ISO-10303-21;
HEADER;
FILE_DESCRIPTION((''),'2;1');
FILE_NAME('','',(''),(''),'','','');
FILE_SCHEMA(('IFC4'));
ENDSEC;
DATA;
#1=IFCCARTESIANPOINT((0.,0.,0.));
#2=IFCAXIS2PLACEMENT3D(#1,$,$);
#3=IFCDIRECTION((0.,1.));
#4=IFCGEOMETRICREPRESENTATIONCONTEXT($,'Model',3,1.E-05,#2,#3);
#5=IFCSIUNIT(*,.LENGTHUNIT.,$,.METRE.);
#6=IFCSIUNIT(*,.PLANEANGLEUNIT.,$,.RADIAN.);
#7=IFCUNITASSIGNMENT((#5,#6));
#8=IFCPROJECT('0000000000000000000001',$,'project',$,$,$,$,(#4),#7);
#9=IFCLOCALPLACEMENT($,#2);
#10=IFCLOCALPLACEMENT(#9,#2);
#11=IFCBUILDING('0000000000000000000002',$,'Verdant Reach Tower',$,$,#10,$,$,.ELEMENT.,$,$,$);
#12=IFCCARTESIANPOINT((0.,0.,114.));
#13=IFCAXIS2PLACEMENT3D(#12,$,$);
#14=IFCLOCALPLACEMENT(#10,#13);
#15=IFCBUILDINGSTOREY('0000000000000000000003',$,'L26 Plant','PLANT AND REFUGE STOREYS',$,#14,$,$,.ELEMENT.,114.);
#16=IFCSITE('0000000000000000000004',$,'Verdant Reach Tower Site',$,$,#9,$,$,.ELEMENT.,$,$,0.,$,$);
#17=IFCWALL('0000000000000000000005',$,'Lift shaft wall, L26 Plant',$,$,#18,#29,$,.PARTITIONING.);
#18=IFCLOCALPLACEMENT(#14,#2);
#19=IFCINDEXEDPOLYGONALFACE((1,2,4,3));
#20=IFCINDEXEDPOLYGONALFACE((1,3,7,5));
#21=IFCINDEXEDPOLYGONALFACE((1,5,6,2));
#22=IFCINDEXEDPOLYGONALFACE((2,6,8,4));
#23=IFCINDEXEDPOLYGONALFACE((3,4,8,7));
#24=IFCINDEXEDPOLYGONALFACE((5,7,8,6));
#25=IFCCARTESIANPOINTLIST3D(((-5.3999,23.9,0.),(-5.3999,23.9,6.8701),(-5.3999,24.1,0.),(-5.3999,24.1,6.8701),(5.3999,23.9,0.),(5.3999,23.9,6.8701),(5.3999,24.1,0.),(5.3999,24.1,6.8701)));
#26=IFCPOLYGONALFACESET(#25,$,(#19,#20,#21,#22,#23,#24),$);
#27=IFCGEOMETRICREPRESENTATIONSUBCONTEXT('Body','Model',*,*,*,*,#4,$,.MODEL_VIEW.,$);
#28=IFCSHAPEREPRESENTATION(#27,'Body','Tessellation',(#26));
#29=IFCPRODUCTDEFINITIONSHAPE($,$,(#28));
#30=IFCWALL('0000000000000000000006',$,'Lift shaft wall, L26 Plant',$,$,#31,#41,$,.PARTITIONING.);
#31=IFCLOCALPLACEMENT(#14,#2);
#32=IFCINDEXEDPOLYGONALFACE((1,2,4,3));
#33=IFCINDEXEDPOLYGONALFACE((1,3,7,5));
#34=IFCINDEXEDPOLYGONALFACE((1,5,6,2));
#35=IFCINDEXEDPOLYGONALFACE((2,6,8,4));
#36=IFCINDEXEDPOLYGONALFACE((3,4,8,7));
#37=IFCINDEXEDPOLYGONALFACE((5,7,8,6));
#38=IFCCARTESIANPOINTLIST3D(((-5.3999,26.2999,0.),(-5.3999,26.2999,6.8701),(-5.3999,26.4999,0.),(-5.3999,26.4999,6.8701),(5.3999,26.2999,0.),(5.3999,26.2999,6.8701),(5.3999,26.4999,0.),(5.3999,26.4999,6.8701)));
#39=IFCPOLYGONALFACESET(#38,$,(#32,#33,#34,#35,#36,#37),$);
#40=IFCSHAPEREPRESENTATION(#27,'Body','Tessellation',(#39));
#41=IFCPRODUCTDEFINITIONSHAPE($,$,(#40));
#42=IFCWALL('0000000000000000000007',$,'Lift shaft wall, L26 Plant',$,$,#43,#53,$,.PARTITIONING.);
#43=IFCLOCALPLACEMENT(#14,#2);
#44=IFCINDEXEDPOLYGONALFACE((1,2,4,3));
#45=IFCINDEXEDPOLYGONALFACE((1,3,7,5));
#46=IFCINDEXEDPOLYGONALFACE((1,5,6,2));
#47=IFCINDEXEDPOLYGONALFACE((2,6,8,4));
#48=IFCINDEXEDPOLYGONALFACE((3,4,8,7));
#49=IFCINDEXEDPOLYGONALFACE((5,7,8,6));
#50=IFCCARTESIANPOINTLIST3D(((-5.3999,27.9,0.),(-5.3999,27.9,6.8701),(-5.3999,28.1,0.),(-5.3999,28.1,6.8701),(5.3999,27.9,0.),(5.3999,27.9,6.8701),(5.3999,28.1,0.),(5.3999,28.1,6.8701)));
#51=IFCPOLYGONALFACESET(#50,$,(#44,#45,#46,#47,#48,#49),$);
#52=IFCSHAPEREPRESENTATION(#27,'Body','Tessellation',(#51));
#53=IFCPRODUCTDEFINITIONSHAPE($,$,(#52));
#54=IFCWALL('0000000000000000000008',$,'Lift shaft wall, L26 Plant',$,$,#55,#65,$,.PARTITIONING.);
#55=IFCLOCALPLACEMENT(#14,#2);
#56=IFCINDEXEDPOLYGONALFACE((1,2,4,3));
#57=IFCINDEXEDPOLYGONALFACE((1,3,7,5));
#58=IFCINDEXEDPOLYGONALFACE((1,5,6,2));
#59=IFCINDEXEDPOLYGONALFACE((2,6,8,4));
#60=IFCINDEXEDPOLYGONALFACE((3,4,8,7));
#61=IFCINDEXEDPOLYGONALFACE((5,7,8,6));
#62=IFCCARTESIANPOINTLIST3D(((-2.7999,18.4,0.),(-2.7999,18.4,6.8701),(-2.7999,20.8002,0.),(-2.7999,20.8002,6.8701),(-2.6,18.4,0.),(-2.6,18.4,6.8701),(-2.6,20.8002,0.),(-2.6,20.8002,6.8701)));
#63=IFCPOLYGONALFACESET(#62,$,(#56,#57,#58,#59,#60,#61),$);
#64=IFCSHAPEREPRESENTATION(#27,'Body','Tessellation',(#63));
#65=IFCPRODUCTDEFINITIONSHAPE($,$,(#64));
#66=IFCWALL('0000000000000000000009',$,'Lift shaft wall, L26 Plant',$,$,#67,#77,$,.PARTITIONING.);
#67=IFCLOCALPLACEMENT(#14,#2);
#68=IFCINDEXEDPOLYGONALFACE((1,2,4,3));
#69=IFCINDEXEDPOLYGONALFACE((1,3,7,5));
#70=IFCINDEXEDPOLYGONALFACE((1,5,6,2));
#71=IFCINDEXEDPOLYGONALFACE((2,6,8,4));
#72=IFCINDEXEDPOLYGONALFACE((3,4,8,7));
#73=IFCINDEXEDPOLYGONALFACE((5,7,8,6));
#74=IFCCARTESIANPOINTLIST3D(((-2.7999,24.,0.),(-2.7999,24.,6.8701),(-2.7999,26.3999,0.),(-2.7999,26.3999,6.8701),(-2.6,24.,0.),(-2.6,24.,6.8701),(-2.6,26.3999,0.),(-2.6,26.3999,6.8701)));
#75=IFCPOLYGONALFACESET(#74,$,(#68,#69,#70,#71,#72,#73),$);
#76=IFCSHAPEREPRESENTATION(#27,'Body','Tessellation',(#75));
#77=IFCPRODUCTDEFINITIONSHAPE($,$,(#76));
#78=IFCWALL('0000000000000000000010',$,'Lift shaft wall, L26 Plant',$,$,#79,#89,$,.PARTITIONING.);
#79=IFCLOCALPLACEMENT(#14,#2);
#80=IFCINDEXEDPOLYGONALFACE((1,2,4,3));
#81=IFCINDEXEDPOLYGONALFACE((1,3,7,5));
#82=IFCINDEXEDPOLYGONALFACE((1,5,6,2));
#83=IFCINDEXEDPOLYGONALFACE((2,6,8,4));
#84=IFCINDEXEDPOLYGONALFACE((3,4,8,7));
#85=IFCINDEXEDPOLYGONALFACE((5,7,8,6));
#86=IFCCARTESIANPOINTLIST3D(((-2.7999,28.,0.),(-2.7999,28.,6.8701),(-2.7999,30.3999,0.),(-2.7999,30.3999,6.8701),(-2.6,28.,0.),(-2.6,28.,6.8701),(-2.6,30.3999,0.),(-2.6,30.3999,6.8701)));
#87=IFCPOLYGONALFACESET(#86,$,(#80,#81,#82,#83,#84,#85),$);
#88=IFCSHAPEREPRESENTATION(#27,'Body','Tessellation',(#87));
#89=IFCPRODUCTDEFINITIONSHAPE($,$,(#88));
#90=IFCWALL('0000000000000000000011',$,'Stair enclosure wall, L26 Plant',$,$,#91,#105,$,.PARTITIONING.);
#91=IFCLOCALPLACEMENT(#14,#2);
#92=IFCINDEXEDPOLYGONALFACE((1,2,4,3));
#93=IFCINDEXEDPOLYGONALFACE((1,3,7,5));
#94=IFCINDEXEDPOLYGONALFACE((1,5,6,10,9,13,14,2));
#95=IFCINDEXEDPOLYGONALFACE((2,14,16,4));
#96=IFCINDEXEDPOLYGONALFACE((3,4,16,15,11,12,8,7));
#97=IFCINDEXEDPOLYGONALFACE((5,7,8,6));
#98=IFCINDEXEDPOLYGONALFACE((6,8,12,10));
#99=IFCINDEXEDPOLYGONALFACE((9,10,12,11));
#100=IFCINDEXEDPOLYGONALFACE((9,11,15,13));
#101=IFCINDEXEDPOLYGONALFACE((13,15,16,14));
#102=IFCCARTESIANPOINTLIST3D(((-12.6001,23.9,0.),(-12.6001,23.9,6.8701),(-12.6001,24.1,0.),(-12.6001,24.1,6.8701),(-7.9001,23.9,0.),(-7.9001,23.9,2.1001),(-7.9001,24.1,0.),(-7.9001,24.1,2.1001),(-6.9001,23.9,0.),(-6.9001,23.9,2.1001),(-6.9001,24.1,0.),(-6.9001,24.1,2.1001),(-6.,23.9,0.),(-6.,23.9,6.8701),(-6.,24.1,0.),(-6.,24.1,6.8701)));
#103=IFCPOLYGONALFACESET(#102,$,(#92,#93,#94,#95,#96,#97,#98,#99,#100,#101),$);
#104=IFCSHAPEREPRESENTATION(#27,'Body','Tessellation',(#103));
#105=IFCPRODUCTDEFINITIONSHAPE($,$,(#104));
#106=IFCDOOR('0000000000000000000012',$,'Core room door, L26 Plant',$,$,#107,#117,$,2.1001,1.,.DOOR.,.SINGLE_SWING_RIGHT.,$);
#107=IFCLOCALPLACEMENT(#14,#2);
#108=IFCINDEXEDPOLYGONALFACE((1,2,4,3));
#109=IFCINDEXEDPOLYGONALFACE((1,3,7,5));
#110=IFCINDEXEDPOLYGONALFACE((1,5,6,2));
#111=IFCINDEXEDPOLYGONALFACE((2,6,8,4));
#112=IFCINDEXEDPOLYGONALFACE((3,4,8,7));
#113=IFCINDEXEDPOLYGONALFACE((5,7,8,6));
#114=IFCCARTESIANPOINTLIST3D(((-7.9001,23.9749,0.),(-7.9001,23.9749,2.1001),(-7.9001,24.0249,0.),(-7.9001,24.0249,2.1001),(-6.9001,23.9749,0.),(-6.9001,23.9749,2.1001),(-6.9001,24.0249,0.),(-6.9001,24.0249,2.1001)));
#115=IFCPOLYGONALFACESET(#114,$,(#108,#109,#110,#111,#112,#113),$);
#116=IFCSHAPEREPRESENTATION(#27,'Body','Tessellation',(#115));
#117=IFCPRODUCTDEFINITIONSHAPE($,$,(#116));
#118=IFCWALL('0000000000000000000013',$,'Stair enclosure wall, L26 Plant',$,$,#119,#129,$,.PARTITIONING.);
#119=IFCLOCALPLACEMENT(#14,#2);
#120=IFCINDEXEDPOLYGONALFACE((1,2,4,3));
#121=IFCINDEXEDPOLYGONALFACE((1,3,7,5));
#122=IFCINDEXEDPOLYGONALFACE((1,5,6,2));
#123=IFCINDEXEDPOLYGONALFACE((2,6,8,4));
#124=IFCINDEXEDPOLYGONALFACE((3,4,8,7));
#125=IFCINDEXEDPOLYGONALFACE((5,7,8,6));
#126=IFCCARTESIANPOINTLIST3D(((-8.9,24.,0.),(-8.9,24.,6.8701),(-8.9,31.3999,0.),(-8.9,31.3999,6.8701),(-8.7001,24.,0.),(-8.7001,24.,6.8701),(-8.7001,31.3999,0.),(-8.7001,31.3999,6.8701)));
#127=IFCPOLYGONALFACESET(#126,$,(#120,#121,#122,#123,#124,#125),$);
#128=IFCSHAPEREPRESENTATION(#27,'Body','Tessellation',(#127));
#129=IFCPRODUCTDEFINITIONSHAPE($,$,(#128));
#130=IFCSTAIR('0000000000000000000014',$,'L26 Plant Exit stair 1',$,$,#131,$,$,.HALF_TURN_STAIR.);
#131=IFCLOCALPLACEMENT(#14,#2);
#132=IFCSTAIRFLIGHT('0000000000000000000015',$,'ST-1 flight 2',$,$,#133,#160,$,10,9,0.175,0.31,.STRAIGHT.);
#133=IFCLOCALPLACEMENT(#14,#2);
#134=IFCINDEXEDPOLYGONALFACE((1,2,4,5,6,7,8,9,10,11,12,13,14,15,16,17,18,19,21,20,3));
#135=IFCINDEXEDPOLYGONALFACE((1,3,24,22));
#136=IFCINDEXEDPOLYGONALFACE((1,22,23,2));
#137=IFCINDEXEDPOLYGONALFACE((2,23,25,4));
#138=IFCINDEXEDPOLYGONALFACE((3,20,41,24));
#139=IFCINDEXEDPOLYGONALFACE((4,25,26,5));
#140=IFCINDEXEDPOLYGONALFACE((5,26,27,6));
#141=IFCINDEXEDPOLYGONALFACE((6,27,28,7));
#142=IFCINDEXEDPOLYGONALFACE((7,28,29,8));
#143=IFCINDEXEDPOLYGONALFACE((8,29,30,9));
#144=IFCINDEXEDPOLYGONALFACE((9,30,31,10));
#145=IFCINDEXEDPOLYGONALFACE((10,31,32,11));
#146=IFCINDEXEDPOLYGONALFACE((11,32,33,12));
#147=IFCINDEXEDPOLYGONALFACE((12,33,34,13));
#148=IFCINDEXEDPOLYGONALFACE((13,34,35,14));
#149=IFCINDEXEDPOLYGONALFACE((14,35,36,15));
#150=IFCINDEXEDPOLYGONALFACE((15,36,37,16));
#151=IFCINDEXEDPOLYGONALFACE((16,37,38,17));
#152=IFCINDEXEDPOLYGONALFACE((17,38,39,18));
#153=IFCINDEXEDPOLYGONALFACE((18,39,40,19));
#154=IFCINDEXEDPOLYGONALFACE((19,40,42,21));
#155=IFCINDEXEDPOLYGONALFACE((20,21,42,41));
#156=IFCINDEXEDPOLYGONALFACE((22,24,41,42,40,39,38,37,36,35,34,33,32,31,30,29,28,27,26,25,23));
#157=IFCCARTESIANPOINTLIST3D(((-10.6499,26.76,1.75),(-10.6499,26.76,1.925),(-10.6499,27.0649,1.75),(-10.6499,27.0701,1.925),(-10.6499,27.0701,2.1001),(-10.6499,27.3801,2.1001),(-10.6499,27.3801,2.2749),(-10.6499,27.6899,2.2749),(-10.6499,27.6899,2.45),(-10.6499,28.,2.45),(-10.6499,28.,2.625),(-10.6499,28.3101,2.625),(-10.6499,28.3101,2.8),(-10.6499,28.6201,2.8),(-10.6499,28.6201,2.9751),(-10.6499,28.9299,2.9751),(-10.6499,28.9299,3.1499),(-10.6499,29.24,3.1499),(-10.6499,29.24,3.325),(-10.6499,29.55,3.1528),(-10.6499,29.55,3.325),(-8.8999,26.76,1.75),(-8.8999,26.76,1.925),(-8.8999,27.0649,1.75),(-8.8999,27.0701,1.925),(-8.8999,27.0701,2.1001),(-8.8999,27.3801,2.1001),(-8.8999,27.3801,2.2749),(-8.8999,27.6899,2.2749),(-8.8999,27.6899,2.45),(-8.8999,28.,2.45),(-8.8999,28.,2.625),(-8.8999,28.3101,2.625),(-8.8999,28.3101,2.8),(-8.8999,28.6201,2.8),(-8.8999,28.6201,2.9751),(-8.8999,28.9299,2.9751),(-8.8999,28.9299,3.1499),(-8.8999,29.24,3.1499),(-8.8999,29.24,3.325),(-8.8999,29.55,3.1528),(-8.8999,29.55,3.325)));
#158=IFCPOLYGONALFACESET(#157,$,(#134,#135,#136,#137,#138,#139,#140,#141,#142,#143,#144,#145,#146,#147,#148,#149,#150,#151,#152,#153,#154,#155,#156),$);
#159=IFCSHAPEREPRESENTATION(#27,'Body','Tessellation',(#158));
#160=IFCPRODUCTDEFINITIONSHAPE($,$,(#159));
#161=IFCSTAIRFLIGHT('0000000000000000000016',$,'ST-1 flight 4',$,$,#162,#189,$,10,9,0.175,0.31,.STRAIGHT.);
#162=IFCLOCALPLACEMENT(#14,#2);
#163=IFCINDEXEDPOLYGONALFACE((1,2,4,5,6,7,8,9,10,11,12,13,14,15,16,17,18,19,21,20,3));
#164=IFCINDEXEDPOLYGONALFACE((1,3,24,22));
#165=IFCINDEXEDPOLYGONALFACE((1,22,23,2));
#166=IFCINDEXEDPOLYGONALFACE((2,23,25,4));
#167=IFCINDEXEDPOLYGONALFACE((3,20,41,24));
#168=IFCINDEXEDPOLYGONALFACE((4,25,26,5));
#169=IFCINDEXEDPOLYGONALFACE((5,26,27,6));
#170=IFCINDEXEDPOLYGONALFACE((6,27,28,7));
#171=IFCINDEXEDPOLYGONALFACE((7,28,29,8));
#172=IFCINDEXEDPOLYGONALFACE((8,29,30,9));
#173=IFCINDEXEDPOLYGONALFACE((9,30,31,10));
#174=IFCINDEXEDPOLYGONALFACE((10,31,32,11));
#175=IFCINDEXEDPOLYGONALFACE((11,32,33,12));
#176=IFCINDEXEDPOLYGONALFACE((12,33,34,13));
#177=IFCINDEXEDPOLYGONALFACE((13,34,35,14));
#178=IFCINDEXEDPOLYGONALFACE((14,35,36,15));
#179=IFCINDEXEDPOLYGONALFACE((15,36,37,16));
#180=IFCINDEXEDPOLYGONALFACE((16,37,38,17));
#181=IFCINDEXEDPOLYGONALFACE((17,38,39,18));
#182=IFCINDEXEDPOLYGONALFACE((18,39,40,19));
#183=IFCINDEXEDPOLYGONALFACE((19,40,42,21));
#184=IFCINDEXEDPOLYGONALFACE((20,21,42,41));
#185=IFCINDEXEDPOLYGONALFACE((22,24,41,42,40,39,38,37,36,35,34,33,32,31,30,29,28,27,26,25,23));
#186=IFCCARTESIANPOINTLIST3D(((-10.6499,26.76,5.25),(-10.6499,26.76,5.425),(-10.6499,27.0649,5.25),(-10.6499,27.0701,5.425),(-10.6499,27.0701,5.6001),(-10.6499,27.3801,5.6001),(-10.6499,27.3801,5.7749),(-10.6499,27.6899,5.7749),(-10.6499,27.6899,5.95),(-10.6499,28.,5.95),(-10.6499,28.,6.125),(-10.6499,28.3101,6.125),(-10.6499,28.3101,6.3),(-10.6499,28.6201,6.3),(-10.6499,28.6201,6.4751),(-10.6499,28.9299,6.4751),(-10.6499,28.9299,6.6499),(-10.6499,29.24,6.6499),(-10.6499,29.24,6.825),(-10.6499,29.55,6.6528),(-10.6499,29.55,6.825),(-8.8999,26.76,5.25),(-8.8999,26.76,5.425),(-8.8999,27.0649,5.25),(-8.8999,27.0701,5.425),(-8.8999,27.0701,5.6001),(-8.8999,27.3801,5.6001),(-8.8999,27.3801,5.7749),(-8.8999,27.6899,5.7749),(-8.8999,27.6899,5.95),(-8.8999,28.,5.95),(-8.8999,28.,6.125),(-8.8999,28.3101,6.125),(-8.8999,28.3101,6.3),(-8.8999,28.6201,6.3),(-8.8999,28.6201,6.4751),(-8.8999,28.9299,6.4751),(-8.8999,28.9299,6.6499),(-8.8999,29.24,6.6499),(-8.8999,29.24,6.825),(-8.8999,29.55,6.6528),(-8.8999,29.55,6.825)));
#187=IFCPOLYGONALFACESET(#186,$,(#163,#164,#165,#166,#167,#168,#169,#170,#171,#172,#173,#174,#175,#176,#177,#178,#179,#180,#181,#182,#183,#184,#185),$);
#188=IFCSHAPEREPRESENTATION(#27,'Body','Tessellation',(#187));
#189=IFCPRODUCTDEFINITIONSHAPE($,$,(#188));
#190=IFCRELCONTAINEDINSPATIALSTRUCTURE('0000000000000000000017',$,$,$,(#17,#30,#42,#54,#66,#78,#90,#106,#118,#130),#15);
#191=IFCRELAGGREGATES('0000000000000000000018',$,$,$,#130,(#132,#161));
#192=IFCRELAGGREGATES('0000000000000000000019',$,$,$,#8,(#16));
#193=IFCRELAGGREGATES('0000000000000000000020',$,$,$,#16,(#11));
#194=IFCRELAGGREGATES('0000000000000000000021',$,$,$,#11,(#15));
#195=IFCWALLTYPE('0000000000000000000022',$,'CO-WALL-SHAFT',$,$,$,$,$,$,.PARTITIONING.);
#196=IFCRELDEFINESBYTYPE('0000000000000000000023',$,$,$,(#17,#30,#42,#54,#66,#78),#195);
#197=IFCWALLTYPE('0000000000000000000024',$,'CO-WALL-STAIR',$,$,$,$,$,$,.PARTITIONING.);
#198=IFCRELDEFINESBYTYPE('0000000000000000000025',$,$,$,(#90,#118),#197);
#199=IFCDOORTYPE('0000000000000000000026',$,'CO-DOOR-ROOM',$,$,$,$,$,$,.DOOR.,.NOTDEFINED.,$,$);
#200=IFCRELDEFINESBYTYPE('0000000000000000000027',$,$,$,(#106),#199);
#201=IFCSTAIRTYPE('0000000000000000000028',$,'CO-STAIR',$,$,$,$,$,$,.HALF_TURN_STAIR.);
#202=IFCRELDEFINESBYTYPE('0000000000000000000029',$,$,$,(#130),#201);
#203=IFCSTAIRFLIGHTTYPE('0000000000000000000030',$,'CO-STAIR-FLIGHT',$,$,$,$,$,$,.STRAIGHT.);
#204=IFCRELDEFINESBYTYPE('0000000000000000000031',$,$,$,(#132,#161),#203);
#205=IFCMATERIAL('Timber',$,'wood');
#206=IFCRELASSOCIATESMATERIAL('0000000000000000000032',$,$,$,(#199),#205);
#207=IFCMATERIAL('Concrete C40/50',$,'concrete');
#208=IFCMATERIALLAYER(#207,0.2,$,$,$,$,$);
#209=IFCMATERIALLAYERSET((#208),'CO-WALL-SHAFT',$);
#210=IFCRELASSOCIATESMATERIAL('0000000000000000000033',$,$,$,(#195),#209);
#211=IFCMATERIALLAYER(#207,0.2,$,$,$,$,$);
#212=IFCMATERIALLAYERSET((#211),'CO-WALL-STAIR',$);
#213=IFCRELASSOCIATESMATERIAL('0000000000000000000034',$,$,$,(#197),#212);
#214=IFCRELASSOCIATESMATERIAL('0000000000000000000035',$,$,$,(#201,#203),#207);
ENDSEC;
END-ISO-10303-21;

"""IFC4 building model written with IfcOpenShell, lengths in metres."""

from ifc_helpers import new_model, si_unit, direction, frame, frame_2d, origin, place, context, subcontext, project, spatial, polyline, rectangle, outline, extrude, material, layer, layer_set, type_object, element, fill, aggregate, save


model = new_model("IFC4")

# Units and contexts
model_context = context("Model", 3, precision=1e-05, world=origin(), true_north=direction((0.0, 1.0)))
body_context = subcontext(model_context, "Body", "Model", "MODEL_VIEW")
ifc_project = project(units=[si_unit("LENGTHUNIT", "METRE"), si_unit("PLANEANGLEUNIT", "RADIAN")], contexts=[model_context])

# Site, building, storey
site_placement = place(None, origin())
site = spatial("IfcSite", under=ifc_project, at=site_placement, Name="Verdant Reach Tower Site", CompositionType="ELEMENT", RefElevation=0.0)
building_placement = place(site_placement, origin())
building = spatial("IfcBuilding", under=site, at=building_placement, Name="Verdant Reach Tower", CompositionType="ELEMENT")
storey_placement = place(building_placement, frame((0.0, 0.0, 114.0)))
storey = spatial("IfcBuildingStorey", under=building, at=storey_placement, Name="L26 Plant", Description="PLANT AND REFUGE STOREYS", CompositionType="ELEMENT", Elevation=114.0)

# Shared definitions
ifc_material_1 = material(Name="Timber", Category="wood")
door_type = type_object("IfcDoorType", Name="CO-DOOR-ROOM", OperationType="NOTDEFINED", PredefinedType="DOOR", material=ifc_material_1)

# Walls
ifc_material_2 = material(Name="Concrete C40/50", Category="concrete")
ifc_layer_1 = layer(ifc_material_2, 0.2)
ifc_layer_set_1 = layer_set([ifc_layer_1], Name="CO-WALL-SHAFT")
wall_type_1 = type_object("IfcWallType", Name="CO-WALL-SHAFT", PredefinedType="PARTITIONING", material=ifc_layer_set_1)
for number, where, z_axis, x_axis, name in (
    (1, (-5.3999, 24.0, 0.0), (0.0, 0.0, 1.0), (1.0, 0.0, 0.0), "Lift shaft wall, L26 Plant"),
    (2, (-5.3999, 26.3999, 0.0), (0.0, 0.0, 1.0), (1.0, 0.0, 0.0), "Lift shaft wall, L26 Plant"),
    (3, (-5.3999, 28.0, 0.0), (0.0, 0.0, 1.0), (1.0, 0.0, 0.0), "Lift shaft wall, L26 Plant"),
):
    element("IfcWall", number, at=place(storey_placement, frame(where, z_axis=z_axis, x_axis=x_axis)), inside=storey, type_object=wall_type_1, Name=name, PredefinedType="PARTITIONING", context=body_context, shape_type="SweptSolid", body=[
        extrude(rectangle(XDim=10.7998, YDim=0.2, at=frame_2d((5.3999, 0.0))), origin(), (0.0, 0.0, 1.0), 6.8701),
    ])
wall_1_placement = place(storey_placement, frame((-2.7, 18.3999, 0.0), z_axis=(0.0, 0.0, 1.0), x_axis=(0.0, 1.0, 0.0)))
element("IfcWall", 4, at=wall_1_placement, inside=storey, type_object=wall_type_1, Name="Lift shaft wall, L26 Plant", PredefinedType="PARTITIONING", context=body_context, shape_type="SweptSolid", body=[
    extrude(rectangle(XDim=2.4001, YDim=0.2, at=frame_2d((1.2002, 0.0))), origin(), (0.0, 0.0, 1.0), 6.8701),
])
for number, where, z_axis, x_axis, name in (
    (5, (-2.7, 24.0, 0.0), (0.0, 0.0, 1.0), (0.0, 1.0, 0.0), "Lift shaft wall, L26 Plant"),
    (6, (-2.7, 28.0, 0.0), (0.0, 0.0, 1.0), (0.0, 1.0, 0.0), "Lift shaft wall, L26 Plant"),
):
    element("IfcWall", number, at=place(storey_placement, frame(where, z_axis=z_axis, x_axis=x_axis)), inside=storey, type_object=wall_type_1, Name=name, PredefinedType="PARTITIONING", context=body_context, shape_type="SweptSolid", body=[
        extrude(rectangle(XDim=2.3999, YDim=0.2, at=frame_2d((1.2, 0.0))), origin(), (0.0, 0.0, 1.0), 6.8701),
    ])

# Wall, opening, door
ifc_layer_2 = layer(ifc_material_2, 0.2)
ifc_layer_set_2 = layer_set([ifc_layer_2], Name="CO-WALL-STAIR")
wall_type_2 = type_object("IfcWallType", Name="CO-WALL-STAIR", PredefinedType="PARTITIONING", material=ifc_layer_set_2)
wall_2_placement = place(storey_placement, frame((-12.6001, 24.0, 0.0), z_axis=(0.0, 0.0, 1.0), x_axis=(1.0, 0.0, 0.0)))
wall_2 = element("IfcWall", 7, at=wall_2_placement, inside=storey, type_object=wall_type_2, Name="Stair enclosure wall, L26 Plant", PredefinedType="PARTITIONING", context=body_context, shape_type="SweptSolid", body=[
    extrude(rectangle(XDim=6.6001, YDim=0.2, at=frame_2d((3.3, 0.0))), origin(), (0.0, 0.0, 1.0), 6.8701),
])
opening_1_placement = place(wall_2_placement, frame((4.7, 0.0, 0.0)))
opening_1 = element("IfcOpeningElement", 8, at=opening_1_placement, cuts=wall_2, PredefinedType="OPENING", context=body_context, shape_type="SweptSolid", body=[
    extrude(rectangle(XDim=1.0, YDim=2.1001, at=frame_2d((0.5, 1.05))), frame((0.0, 0.1099, 0.0), z_axis=(0.0, -1.0, 0.0), x_axis=(1.0, 0.0, 0.0)), (0.0, 0.0, 1.0), 0.22),
])
door_1_placement = place(opening_1_placement, origin())
door_1 = element("IfcDoor", 9, at=door_1_placement, inside=storey, type_object=door_type, Name="Core room door, L26 Plant", OperationType="SINGLE_SWING_RIGHT", OverallHeight=2.1001, OverallWidth=1.0, PredefinedType="DOOR", context=body_context, shape_type="SweptSolid", body=[
    extrude(rectangle(XDim=1.0, YDim=2.1001, at=frame_2d((0.5, 1.05))), frame((0.0, 0.0249, 0.0), z_axis=(0.0, -1.0, 0.0), x_axis=(1.0, 0.0, 0.0)), (0.0, 0.0, 1.0), 0.05),
])
fill(opening_1, door_1)

# Wall
wall_3_placement = place(storey_placement, frame((-8.8, 24.0, 0.0), z_axis=(0.0, 0.0, 1.0), x_axis=(0.0, 1.0, 0.0)))
element("IfcWall", 10, at=wall_3_placement, inside=storey, type_object=wall_type_2, Name="Stair enclosure wall, L26 Plant", PredefinedType="PARTITIONING", context=body_context, shape_type="SweptSolid", body=[
    extrude(rectangle(XDim=7.3999, YDim=0.2, at=frame_2d((3.7, 0.0))), origin(), (0.0, 0.0, 1.0), 6.8701),
])

# Stair, stair flights
stair_type = type_object("IfcStairType", Name="CO-STAIR", PredefinedType="HALF_TURN_STAIR", material=ifc_material_2)
stair_placement = place(storey_placement, origin())
stair = element("IfcStair", 11, at=stair_placement, inside=storey, type_object=stair_type, Name="L26 Plant Exit stair 1", PredefinedType="HALF_TURN_STAIR")
stair_flight_type = type_object("IfcStairFlightType", Name="CO-STAIR-FLIGHT", PredefinedType="STRAIGHT", material=ifc_material_2)
stair_flight_1_placement = place(storey_placement, frame((-9.7749, 26.76, 1.75), z_axis=(0.0, 0.0, 1.0), x_axis=(0.0, 1.0, 0.0)))
stair_flight_1 = element("IfcStairFlight", 12, at=stair_flight_1_placement, type_object=stair_flight_type, Name="ST-1 flight 2", NumberOfRisers=10, NumberOfTreads=9, PredefinedType="STRAIGHT", RiserHeight=0.175, TreadLength=0.31, context=body_context, shape_type="SweptSolid", body=[
    extrude(outline(polyline([(0.0, 0.0), (0.0, 0.175), (0.3101, 0.175), (0.3101, 0.3501), (0.6201, 0.3501), (0.6201, 0.5249), (0.9299, 0.5249), (0.9299, 0.7), (1.24, 0.7), (1.24, 0.875), (1.55, 0.875), (1.55, 1.05), (1.8601, 1.05), (1.8601, 1.2251), (2.1699, 1.2251), (2.1699, 1.3999), (2.48, 1.3999), (2.48, 1.575), (2.79, 1.575), (2.79, 1.75), (2.79, 1.4028), (0.3049, 0.0), (0.0, 0.0)])), frame((0.0, 0.875, 0.0), z_axis=(0.0, -1.0, 0.0), x_axis=(1.0, 0.0, 0.0)), (0.0, 0.0, 1.0), 1.75),
])
stair_flight_2_placement = place(storey_placement, frame((-9.7749, 26.76, 5.25), z_axis=(0.0, 0.0, 1.0), x_axis=(0.0, 1.0, 0.0)))
stair_flight_2 = element("IfcStairFlight", 13, at=stair_flight_2_placement, type_object=stair_flight_type, Name="ST-1 flight 4", NumberOfRisers=10, NumberOfTreads=9, PredefinedType="STRAIGHT", RiserHeight=0.175, TreadLength=0.31, context=body_context, shape_type="SweptSolid", body=[
    extrude(outline(polyline([(0.0, 0.0), (0.0, 0.175), (0.3101, 0.175), (0.3101, 0.3501), (0.6201, 0.3501), (0.6201, 0.5249), (0.9299, 0.5249), (0.9299, 0.7), (1.24, 0.7), (1.24, 0.875), (1.55, 0.875), (1.55, 1.05), (1.8601, 1.05), (1.8601, 1.2251), (2.1699, 1.2251), (2.1699, 1.3999), (2.48, 1.3999), (2.48, 1.575), (2.79, 1.575), (2.79, 1.75), (2.79, 1.4028), (0.3049, 0.0), (0.0, 0.0)])), frame((0.0, 0.875, 0.0), z_axis=(0.0, -1.0, 0.0), x_axis=(1.0, 0.0, 0.0)), (0.0, 0.0, 1.0), 1.75),
])
aggregate(stair, [stair_flight_1, stair_flight_2])

save(model, "model.ifc")
